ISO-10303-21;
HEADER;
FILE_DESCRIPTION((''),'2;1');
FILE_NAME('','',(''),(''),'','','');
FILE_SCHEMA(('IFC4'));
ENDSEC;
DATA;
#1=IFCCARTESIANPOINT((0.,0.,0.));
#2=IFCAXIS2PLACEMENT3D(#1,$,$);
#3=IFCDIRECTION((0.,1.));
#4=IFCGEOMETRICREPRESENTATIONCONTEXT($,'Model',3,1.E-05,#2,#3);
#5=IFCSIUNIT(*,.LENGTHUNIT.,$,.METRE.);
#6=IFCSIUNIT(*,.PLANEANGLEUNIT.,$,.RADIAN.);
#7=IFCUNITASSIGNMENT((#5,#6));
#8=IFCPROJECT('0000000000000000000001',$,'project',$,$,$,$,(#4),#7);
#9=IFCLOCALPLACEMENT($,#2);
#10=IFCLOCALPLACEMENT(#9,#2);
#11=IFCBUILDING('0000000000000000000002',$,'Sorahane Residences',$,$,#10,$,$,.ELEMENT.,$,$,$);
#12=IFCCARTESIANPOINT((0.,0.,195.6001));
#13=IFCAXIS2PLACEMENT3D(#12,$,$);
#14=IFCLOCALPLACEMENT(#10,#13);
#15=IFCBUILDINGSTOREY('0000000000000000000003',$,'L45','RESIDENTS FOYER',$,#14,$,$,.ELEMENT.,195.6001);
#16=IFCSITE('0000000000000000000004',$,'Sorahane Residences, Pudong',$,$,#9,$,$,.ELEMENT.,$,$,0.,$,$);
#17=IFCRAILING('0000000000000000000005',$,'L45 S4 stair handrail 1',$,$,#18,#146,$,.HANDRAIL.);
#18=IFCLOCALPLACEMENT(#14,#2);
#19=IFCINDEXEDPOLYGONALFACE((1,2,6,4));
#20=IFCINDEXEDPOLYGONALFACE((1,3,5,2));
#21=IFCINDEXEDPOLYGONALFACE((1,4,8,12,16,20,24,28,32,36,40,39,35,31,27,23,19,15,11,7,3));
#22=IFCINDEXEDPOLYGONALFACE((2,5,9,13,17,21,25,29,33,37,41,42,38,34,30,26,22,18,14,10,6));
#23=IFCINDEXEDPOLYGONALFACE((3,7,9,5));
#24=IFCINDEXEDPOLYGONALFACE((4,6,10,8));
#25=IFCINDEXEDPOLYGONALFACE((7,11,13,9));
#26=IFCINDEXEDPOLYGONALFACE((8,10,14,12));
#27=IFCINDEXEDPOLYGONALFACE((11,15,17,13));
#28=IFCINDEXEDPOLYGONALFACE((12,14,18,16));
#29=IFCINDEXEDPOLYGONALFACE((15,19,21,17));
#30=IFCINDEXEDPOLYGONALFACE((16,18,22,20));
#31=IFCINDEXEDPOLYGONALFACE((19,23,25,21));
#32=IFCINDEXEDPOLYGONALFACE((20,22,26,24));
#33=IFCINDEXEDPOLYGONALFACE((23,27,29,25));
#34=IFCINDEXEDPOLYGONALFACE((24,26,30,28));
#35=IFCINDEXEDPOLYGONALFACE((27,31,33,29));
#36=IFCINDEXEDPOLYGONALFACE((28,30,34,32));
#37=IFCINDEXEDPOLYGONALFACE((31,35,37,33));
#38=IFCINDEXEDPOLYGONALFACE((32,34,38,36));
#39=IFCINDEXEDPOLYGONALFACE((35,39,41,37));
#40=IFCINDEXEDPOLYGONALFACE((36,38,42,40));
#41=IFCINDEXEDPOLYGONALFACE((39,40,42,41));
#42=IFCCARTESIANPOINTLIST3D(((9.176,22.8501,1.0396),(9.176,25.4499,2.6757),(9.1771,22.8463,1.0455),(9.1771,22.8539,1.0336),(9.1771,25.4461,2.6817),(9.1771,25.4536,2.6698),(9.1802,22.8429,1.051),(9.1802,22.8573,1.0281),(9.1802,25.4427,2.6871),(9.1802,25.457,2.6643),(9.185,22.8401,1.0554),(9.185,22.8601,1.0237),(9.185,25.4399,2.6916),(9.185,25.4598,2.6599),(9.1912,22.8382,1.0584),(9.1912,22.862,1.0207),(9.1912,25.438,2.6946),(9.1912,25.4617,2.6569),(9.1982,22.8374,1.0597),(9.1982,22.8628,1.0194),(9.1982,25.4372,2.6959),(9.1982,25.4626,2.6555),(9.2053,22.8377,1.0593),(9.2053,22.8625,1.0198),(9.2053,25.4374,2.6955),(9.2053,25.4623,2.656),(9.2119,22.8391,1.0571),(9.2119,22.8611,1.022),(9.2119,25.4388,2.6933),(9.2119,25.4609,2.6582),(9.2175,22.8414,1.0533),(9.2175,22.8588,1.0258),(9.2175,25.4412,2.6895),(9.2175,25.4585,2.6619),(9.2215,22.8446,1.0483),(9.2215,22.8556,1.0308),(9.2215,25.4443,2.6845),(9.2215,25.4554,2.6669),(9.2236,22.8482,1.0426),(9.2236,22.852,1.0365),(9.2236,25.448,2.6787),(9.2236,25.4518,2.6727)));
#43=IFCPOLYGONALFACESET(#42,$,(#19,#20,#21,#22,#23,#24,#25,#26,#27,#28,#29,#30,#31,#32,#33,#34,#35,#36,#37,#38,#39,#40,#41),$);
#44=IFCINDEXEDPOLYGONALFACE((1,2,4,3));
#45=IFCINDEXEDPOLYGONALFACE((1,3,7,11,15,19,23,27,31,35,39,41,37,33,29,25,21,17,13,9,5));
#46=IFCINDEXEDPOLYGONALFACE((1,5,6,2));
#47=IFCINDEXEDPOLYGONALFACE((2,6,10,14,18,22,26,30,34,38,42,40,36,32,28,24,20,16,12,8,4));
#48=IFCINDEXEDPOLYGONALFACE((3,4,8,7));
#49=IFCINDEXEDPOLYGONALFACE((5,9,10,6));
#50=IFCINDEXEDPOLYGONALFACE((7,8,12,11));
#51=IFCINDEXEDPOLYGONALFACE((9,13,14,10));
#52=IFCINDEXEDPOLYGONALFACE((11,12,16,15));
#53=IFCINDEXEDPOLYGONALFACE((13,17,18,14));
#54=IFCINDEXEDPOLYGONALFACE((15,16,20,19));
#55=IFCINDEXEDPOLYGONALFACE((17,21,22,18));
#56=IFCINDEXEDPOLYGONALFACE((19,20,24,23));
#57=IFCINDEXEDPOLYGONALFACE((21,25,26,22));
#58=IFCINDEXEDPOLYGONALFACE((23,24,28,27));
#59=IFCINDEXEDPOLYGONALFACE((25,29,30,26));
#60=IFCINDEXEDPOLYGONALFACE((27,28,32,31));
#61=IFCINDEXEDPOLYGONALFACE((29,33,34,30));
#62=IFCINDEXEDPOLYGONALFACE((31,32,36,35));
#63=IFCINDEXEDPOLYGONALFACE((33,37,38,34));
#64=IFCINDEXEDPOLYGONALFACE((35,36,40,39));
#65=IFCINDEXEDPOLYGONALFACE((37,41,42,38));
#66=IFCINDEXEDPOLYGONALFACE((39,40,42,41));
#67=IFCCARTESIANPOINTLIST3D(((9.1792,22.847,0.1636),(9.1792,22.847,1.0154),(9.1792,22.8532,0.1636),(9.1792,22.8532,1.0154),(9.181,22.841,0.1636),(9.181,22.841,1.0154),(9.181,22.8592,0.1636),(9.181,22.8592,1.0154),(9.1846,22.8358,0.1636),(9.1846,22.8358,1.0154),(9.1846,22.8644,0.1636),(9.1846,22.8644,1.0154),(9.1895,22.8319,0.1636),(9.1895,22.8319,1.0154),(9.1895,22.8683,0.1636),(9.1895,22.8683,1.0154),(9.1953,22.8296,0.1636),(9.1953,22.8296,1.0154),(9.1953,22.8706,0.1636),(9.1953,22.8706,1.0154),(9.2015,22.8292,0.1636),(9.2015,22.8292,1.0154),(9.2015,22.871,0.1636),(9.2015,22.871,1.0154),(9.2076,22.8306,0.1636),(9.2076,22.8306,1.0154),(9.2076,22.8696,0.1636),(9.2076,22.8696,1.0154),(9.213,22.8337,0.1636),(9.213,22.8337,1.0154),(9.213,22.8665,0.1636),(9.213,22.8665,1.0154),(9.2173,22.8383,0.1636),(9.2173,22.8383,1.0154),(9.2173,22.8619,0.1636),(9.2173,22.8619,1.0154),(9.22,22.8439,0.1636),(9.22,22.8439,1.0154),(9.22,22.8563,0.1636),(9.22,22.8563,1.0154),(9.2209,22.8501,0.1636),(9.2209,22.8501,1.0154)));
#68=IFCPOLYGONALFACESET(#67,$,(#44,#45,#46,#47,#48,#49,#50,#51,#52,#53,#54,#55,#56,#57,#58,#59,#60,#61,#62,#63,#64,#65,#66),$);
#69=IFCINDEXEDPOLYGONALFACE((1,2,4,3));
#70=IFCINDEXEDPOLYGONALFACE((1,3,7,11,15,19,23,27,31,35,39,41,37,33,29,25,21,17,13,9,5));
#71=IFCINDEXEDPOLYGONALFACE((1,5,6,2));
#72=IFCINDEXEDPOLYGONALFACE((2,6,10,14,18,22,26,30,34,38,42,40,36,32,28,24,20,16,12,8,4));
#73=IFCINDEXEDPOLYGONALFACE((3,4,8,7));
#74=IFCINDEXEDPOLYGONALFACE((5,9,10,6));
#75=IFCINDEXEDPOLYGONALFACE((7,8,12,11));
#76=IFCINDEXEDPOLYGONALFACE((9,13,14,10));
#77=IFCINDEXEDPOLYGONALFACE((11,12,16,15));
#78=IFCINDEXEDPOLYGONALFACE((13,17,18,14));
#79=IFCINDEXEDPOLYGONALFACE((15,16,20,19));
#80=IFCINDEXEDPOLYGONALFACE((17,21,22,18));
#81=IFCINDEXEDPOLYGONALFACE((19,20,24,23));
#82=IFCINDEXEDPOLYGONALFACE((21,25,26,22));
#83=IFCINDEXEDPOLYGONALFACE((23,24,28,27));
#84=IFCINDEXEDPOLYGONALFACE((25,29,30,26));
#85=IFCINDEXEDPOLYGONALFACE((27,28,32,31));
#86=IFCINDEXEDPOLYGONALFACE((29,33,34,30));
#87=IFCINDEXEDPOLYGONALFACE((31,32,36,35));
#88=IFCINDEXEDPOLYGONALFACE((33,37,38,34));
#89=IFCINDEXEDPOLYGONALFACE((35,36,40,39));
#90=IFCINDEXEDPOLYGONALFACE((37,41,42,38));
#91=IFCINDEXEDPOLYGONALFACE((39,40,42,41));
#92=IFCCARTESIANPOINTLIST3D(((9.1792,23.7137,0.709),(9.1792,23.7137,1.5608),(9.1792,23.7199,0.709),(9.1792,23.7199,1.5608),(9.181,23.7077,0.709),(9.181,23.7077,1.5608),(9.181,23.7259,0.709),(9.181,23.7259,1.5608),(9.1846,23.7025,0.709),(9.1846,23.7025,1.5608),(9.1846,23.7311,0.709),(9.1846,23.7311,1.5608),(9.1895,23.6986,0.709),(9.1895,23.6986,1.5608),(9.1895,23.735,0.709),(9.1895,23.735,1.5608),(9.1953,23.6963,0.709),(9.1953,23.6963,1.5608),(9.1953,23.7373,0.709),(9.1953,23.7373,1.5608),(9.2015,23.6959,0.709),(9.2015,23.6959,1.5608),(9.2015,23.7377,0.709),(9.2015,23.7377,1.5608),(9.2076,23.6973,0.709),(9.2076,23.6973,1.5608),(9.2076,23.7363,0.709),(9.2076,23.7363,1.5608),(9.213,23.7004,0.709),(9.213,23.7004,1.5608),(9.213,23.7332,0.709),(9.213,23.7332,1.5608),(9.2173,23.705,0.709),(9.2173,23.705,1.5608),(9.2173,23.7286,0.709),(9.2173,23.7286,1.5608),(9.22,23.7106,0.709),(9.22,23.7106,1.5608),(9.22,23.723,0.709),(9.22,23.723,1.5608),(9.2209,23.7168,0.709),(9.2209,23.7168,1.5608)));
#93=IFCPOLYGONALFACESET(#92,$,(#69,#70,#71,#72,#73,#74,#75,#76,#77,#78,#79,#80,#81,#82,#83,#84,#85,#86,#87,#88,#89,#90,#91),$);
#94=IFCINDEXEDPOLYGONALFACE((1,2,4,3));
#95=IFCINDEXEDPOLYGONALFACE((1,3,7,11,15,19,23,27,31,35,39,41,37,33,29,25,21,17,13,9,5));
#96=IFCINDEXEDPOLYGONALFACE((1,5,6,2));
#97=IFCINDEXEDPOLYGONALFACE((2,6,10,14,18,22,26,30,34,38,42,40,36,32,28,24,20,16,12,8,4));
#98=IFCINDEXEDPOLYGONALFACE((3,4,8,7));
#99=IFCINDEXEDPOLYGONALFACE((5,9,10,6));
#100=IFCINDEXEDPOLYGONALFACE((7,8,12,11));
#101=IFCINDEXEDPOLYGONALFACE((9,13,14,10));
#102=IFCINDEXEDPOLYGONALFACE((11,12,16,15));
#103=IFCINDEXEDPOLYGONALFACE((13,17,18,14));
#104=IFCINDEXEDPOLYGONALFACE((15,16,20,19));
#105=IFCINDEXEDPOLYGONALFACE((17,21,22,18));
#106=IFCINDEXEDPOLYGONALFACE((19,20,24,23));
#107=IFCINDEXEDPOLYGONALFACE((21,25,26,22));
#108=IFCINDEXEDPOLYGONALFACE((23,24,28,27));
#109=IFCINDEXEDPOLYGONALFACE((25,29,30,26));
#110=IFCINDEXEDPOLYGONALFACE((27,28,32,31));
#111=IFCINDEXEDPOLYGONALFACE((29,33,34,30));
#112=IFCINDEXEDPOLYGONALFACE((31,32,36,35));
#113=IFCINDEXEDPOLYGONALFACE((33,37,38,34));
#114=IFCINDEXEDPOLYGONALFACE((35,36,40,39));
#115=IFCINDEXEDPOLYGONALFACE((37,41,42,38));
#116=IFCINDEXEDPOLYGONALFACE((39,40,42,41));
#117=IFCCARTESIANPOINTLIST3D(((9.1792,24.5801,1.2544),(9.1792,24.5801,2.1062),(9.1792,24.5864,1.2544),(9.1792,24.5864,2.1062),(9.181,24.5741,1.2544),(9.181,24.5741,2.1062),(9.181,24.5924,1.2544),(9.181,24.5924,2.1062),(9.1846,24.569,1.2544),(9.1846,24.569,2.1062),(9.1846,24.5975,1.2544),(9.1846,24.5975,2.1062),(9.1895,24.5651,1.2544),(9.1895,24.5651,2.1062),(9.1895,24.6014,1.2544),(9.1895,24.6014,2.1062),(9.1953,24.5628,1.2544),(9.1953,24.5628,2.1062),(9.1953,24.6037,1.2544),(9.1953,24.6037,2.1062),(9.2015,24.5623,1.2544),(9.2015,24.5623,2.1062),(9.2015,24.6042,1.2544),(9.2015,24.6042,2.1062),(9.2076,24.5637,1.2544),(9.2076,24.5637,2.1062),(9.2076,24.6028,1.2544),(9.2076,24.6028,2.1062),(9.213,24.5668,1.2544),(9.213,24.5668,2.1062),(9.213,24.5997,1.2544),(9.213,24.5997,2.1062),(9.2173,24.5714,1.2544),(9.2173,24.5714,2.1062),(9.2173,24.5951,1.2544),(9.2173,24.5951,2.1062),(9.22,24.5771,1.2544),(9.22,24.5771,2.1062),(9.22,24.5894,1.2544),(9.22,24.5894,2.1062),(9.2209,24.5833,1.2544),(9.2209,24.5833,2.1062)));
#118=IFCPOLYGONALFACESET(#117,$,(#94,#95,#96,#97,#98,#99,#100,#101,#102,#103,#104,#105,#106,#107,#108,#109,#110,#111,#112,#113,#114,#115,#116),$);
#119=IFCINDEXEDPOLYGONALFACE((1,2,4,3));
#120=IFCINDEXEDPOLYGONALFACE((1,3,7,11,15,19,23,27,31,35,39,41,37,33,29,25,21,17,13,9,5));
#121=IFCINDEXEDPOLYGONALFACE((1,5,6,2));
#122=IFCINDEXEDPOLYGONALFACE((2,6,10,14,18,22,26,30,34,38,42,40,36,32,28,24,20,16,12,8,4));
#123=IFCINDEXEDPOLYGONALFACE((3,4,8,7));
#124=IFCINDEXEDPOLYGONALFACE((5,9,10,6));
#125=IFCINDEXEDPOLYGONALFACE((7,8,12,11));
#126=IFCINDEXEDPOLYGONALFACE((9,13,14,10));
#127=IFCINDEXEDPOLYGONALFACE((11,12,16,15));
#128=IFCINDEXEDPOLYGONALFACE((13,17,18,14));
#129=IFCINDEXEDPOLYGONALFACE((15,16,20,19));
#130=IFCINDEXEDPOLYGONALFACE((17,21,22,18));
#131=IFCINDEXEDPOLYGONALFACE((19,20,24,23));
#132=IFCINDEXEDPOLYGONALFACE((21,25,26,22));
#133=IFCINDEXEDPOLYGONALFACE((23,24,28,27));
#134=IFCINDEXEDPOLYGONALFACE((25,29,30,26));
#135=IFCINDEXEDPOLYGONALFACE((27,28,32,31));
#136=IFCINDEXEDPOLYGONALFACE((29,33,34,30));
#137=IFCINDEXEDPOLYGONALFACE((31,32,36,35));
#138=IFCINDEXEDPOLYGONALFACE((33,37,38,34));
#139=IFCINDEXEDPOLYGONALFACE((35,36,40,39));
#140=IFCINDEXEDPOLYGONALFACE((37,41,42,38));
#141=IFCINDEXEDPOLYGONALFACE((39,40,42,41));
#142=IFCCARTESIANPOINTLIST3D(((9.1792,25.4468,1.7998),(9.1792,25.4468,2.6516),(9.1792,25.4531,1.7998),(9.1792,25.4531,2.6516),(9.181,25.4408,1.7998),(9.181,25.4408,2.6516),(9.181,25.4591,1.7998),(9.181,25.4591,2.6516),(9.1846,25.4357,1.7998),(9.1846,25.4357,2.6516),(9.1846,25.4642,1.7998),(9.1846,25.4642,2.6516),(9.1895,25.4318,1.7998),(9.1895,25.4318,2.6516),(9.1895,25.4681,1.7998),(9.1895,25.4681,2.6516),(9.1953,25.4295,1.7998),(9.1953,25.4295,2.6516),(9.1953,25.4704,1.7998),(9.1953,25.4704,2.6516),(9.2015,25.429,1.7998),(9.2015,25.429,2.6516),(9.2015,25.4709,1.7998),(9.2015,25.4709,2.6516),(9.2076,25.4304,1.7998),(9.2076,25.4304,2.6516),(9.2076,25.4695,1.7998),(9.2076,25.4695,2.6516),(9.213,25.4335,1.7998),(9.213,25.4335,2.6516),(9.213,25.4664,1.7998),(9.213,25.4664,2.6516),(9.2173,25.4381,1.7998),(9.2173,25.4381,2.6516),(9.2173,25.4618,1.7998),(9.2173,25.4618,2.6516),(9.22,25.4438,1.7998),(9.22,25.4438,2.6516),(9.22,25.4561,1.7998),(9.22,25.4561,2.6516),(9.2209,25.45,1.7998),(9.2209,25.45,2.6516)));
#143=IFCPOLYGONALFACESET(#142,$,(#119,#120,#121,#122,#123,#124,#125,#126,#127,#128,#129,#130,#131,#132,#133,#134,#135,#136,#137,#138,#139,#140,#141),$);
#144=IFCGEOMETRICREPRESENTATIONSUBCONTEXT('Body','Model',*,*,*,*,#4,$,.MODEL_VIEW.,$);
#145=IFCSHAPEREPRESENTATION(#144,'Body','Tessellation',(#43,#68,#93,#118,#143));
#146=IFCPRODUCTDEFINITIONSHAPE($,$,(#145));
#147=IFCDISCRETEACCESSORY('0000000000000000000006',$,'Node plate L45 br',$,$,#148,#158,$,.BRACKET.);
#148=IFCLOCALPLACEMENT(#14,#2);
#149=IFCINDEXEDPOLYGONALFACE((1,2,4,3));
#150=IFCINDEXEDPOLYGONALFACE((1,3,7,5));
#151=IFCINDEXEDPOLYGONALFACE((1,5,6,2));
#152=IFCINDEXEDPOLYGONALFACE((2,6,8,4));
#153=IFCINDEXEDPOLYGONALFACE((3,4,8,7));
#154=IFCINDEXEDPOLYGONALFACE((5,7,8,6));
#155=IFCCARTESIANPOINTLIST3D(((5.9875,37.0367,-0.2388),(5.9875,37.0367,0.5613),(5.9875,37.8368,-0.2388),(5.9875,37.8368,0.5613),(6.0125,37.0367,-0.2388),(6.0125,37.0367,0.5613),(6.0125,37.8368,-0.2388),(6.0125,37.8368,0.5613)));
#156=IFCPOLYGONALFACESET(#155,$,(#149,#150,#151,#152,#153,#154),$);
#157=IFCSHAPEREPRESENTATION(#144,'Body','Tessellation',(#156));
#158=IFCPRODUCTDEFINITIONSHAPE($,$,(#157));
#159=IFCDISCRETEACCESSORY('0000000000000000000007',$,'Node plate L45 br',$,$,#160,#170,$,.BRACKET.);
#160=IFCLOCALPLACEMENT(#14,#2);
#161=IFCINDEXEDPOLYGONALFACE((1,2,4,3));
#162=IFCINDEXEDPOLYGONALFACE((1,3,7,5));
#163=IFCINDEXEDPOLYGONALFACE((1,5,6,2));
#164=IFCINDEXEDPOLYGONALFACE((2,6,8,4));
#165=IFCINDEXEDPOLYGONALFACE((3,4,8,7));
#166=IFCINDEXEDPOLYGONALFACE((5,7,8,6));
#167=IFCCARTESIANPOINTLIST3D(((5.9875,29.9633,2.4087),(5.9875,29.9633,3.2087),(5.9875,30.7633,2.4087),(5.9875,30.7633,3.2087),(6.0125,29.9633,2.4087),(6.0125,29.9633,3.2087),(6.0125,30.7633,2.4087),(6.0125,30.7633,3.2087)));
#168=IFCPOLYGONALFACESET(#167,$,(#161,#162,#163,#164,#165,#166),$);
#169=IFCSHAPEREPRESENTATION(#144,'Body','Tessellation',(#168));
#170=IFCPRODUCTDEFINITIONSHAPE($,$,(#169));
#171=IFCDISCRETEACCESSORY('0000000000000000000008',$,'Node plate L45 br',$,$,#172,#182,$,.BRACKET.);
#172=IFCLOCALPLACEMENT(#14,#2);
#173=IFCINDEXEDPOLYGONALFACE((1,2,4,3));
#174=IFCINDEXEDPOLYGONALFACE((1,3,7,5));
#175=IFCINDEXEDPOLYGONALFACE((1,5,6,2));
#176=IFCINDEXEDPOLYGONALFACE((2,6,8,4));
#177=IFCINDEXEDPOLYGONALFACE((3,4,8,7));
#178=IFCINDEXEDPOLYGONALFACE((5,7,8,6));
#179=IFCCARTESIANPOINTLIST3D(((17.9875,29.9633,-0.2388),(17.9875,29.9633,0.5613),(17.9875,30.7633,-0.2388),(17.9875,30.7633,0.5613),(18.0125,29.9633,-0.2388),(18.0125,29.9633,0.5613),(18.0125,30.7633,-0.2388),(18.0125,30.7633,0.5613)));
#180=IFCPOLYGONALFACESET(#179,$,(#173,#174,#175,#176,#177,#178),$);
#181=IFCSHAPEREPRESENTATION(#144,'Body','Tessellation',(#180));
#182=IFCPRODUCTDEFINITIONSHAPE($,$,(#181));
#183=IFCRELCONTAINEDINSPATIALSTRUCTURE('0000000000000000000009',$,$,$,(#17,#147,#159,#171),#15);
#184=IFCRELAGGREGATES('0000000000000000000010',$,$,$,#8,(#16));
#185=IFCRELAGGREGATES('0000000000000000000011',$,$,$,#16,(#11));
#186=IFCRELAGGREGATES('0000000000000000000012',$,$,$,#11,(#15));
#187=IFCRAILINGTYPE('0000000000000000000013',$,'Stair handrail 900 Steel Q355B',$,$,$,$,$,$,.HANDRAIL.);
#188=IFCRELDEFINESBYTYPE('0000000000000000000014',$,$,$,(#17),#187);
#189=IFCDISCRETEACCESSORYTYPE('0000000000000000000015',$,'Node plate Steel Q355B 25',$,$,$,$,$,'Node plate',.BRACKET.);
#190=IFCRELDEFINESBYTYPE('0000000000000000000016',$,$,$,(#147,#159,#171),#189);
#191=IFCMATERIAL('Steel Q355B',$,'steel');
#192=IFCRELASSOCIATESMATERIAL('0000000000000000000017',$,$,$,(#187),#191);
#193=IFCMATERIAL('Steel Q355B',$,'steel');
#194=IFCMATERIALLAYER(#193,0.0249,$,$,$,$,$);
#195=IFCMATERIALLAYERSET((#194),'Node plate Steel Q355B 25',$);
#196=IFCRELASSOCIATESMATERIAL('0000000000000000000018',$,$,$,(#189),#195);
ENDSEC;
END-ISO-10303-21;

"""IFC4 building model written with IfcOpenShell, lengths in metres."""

from ifc_helpers import new_model, si_unit, direction, frame, origin, origin_2d, place, context, subcontext, project, spatial, rectangle, circle, extrude, material, layer, layer_set, type_object, element, save


model = new_model("IFC4")

# Units and contexts
model_context = context("Model", 3, precision=1e-05, world=origin(), true_north=direction((0.0, 1.0)))
body_context = subcontext(model_context, "Body", "Model", "MODEL_VIEW")
ifc_project = project(units=[si_unit("LENGTHUNIT", "METRE"), si_unit("PLANEANGLEUNIT", "RADIAN")], contexts=[model_context])

# Site, building, storey
site_placement = place(None, origin())
site = spatial("IfcSite", under=ifc_project, at=site_placement, Name="Sorahane Residences, Pudong", CompositionType="ELEMENT", RefElevation=0.0)
building_placement = place(site_placement, origin())
building = spatial("IfcBuilding", under=site, at=building_placement, Name="Sorahane Residences", CompositionType="ELEMENT")
storey_placement = place(building_placement, frame((0.0, 0.0, 195.6001)))
storey = spatial("IfcBuildingStorey", under=building, at=storey_placement, Name="L45", Description="RESIDENTS FOYER", CompositionType="ELEMENT", Elevation=195.6001)

# Railing
ifc_material_1 = material(Name="Steel Q355B", Category="steel")
railing_type_1 = type_object("IfcRailingType", Name="Stair handrail 900 Steel Q355B", PredefinedType="HANDRAIL", material=ifc_material_1)
railing_1_placement = place(storey_placement, frame((9.2, 22.8501, 0.1636)))
element("IfcRailing", 1, at=railing_1_placement, inside=storey, type_object=railing_type_1, Name="L45 S4 stair handrail 1", PredefinedType="HANDRAIL", context=body_context, shape_type="SweptSolid", body=[
    extrude(circle(Radius=0.0239, at=origin_2d()), frame((0.0, 0.0, 0.876), z_axis=(0.0, 0.846338, 0.532647), x_axis=(-1.0, 0.0, 0.0)), (0.0, 0.0, 1.0), 3.0718),
    extrude(circle(Radius=0.021, at=origin_2d()), origin(), (0.0, 0.0, 1.0), 0.8518),
    extrude(circle(Radius=0.021, at=origin_2d()), frame((0.0, 0.8667, 0.5454)), (0.0, 0.0, 1.0), 0.8518),
    extrude(circle(Radius=0.021, at=origin_2d()), frame((0.0, 1.7332, 1.0908)), (0.0, 0.0, 1.0), 0.8518),
    extrude(circle(Radius=0.021, at=origin_2d()), frame((0.0, 2.5999, 1.6362)), (0.0, 0.0, 1.0), 0.8518),
])

# Discrete accessories
ifc_material_2 = material(Name="Steel Q355B", Category="steel")
ifc_layer_1 = layer(ifc_material_2, 0.0249)
ifc_layer_set_1 = layer_set([ifc_layer_1], Name="Node plate Steel Q355B 25")
discrete_accessory_type = type_object("IfcDiscreteAccessoryType", Name="Node plate Steel Q355B 25", ElementType="Node plate", PredefinedType="BRACKET", material=ifc_layer_set_1)
for number, where, z_axis, x_axis, name in (
    (2, (6.0, 37.4368, -0.2388), (0.0, 0.0, 1.0), (0.0, 1.0, 0.0), "Node plate L45 br"),
    (3, (6.0, 30.3633, 2.4087), (0.0, 0.0, 1.0), (0.0, 1.0, 0.0), "Node plate L45 br"),
    (4, (18.0, 30.3633, -0.2388), (0.0, 0.0, 1.0), (0.0, 1.0, 0.0), "Node plate L45 br"),
):
    element("IfcDiscreteAccessory", number, at=place(storey_placement, frame(where, z_axis=z_axis, x_axis=x_axis)), inside=storey, type_object=discrete_accessory_type, Name=name, PredefinedType="BRACKET", context=body_context, shape_type="SweptSolid", body=[
        extrude(rectangle(XDim=0.8, YDim=0.0249, at=origin_2d()), origin(), (0.0, 0.0, 1.0), 0.8),
    ])

save(model, "model.ifc")
